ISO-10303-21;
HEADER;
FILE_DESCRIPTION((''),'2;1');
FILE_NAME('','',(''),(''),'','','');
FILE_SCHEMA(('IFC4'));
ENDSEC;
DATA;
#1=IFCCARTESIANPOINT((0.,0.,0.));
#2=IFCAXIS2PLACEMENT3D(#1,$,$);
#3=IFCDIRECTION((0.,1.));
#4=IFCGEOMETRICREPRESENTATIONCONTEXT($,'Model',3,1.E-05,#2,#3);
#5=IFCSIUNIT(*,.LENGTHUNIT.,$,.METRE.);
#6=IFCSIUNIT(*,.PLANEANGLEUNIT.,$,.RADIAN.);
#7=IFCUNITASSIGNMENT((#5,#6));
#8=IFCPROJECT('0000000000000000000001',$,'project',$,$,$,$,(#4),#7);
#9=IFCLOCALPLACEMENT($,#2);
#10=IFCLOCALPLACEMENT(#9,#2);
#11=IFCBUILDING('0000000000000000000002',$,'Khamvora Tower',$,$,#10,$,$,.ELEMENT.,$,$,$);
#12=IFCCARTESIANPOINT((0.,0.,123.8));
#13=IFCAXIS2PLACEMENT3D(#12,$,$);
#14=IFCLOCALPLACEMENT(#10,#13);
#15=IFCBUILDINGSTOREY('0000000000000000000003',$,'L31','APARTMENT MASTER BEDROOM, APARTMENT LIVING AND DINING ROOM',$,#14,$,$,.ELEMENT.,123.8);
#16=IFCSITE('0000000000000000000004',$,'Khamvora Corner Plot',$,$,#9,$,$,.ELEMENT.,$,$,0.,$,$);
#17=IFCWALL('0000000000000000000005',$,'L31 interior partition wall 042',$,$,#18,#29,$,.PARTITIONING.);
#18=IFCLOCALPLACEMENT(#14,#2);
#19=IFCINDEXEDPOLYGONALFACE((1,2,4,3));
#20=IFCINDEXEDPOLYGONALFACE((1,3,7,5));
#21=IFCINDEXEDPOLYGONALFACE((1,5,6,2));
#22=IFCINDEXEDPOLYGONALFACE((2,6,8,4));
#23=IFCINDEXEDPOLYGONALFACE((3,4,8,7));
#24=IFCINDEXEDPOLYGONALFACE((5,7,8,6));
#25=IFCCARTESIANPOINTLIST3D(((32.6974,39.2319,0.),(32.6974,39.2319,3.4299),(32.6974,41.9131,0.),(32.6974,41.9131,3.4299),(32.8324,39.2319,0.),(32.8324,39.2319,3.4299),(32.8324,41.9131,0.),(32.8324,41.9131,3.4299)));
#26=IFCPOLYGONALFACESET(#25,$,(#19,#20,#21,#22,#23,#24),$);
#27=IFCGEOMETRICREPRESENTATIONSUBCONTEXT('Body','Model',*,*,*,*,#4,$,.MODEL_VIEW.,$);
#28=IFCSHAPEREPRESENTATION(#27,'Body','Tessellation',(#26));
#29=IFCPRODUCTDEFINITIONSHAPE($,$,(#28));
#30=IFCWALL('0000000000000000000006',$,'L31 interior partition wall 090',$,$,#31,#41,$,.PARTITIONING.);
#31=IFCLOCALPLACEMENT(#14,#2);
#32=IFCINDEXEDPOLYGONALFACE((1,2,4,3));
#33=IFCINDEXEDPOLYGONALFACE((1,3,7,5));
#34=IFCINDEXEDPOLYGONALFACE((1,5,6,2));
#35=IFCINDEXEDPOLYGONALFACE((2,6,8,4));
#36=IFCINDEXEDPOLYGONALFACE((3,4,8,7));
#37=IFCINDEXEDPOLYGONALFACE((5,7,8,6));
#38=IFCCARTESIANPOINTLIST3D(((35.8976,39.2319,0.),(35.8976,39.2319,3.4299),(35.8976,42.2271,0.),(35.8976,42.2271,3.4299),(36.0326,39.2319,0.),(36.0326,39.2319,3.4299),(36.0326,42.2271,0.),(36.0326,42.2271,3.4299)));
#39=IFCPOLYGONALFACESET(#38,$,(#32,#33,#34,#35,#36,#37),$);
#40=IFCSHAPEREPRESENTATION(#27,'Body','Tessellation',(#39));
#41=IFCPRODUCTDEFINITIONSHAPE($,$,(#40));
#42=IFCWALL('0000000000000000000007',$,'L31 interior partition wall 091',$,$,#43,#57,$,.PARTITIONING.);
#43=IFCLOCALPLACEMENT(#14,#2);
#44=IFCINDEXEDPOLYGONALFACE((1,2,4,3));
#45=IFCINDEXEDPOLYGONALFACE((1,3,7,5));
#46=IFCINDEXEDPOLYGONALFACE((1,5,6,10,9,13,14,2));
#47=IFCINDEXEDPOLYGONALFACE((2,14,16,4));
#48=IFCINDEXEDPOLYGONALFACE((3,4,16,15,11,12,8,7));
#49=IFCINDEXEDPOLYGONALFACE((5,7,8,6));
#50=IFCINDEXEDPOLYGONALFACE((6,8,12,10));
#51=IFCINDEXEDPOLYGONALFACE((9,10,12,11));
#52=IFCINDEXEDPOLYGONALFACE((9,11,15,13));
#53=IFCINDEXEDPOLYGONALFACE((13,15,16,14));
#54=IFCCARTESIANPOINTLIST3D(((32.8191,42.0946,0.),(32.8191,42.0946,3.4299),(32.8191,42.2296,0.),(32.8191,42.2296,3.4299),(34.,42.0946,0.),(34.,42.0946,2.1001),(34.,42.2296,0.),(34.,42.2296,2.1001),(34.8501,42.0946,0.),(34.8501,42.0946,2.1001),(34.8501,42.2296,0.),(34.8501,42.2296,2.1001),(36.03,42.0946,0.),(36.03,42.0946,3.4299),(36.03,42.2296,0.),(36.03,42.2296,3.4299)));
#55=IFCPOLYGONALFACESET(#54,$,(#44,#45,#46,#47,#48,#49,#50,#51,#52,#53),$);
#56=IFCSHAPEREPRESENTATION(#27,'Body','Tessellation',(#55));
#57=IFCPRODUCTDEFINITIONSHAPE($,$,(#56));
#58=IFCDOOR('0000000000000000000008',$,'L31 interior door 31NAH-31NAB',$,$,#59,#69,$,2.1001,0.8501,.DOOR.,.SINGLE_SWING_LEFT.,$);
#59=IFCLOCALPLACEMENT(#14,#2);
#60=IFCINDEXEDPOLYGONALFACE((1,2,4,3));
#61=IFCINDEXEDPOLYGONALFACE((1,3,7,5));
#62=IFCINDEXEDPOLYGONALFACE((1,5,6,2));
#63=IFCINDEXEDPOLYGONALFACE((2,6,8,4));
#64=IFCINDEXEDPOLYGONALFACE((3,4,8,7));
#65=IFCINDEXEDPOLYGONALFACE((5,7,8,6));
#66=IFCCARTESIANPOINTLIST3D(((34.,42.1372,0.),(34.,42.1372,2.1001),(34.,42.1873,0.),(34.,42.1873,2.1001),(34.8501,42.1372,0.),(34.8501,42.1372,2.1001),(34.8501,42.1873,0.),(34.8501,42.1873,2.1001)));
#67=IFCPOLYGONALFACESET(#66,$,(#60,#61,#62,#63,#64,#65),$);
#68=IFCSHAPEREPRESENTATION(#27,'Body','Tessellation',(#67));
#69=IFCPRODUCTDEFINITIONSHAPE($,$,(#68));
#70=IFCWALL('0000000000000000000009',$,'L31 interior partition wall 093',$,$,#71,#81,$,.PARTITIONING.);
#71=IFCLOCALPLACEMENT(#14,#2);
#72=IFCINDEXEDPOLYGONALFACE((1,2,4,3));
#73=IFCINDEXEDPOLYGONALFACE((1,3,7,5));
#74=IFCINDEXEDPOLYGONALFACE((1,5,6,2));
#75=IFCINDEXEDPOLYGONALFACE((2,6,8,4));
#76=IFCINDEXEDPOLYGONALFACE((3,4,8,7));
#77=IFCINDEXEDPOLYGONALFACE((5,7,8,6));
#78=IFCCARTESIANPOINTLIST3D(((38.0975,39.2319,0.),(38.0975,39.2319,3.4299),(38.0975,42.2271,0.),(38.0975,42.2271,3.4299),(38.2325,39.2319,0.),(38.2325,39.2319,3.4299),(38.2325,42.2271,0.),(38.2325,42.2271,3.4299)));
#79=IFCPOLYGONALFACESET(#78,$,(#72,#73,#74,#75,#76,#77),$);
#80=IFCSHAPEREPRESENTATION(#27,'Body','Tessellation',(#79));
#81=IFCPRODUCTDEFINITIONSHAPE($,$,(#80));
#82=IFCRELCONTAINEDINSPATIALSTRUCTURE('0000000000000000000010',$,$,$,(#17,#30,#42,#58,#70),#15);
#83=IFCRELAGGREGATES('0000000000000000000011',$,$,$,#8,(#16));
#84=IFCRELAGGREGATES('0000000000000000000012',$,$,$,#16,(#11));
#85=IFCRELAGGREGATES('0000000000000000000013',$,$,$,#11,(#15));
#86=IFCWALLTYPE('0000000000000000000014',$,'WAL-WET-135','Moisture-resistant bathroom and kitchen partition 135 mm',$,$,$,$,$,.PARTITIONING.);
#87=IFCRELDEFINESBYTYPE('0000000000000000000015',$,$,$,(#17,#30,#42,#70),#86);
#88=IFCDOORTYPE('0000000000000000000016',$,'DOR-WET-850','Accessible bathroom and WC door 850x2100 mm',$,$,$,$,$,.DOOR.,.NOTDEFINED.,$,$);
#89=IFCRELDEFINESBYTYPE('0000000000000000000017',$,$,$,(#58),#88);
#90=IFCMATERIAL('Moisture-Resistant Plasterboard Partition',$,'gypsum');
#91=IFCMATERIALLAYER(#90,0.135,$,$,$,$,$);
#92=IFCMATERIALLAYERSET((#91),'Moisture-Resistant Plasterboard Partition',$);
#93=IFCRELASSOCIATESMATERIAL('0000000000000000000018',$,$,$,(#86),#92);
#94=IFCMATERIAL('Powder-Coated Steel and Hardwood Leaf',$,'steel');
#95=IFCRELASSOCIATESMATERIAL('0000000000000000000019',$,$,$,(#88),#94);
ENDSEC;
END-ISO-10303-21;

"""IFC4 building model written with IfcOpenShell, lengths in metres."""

from ifc_helpers import new_model, si_unit, direction, frame, frame_2d, origin, place, context, subcontext, project, spatial, rectangle, extrude, material, layer, layer_set, type_object, element, fill, save


model = new_model("IFC4")

# Units and contexts
model_context = context("Model", 3, precision=1e-05, world=origin(), true_north=direction((0.0, 1.0)))
body_context = subcontext(model_context, "Body", "Model", "MODEL_VIEW")
ifc_project = project(units=[si_unit("LENGTHUNIT", "METRE"), si_unit("PLANEANGLEUNIT", "RADIAN")], contexts=[model_context])

# Site, building, storey
site_placement = place(None, origin())
site = spatial("IfcSite", under=ifc_project, at=site_placement, Name="Khamvora Corner Plot", CompositionType="ELEMENT", RefElevation=0.0)
building_placement = place(site_placement, origin())
building = spatial("IfcBuilding", under=site, at=building_placement, Name="Khamvora Tower", CompositionType="ELEMENT")
storey_placement = place(building_placement, frame((0.0, 0.0, 123.8)))
storey = spatial("IfcBuildingStorey", under=building, at=storey_placement, Name="L31", Description="APARTMENT MASTER BEDROOM, APARTMENT LIVING AND DINING ROOM", CompositionType="ELEMENT", Elevation=123.8)

# Shared definitions
ifc_material_1 = material(Name="Powder-Coated Steel and Hardwood Leaf", Category="steel")

# Walls
ifc_material_2 = material(Name="Moisture-Resistant Plasterboard Partition", Category="gypsum")
ifc_layer_1 = layer(ifc_material_2, 0.135)
ifc_layer_set_1 = layer_set([ifc_layer_1], Name="Moisture-Resistant Plasterboard Partition")
wall_type_1 = type_object("IfcWallType", Name="WAL-WET-135", Description="Moisture-resistant bathroom and kitchen partition 135 mm", PredefinedType="PARTITIONING", material=ifc_layer_set_1)
wall_1_placement = place(storey_placement, frame((32.7649, 41.9131, 0.0), z_axis=(0.0, 0.0, 1.0), x_axis=(0.0, -1.0, 0.0)))
element("IfcWall", 1, at=wall_1_placement, inside=storey, type_object=wall_type_1, Name="L31 interior partition wall 042", PredefinedType="PARTITIONING", context=body_context, shape_type="SweptSolid", body=[
    extrude(rectangle(XDim=2.6812, YDim=0.135, at=frame_2d((1.3406, 0.0))), origin(), (0.0, 0.0, 1.0), 3.4299),
])
wall_2_placement = place(storey_placement, frame((35.9651, 39.2319, 0.0), z_axis=(0.0, 0.0, 1.0), x_axis=(0.0, 1.0, 0.0)))
element("IfcWall", 2, at=wall_2_placement, inside=storey, type_object=wall_type_1, Name="L31 interior partition wall 090", PredefinedType="PARTITIONING", context=body_context, shape_type="SweptSolid", body=[
    extrude(rectangle(XDim=2.9951, YDim=0.135, at=frame_2d((1.4976, 0.0))), origin(), (0.0, 0.0, 1.0), 3.4299),
])

# Wall, opening, door
wall_3_placement = place(storey_placement, frame((36.03, 42.1621, 0.0), z_axis=(0.0, 0.0, 1.0), x_axis=(-1.0, 0.0, 0.0)))
wall_3 = element("IfcWall", 3, at=wall_3_placement, inside=storey, type_object=wall_type_1, Name="L31 interior partition wall 091", PredefinedType="PARTITIONING", context=body_context, shape_type="SweptSolid", body=[
    extrude(rectangle(XDim=3.2109, YDim=0.135, at=frame_2d((1.6055, 0.0))), origin(), (0.0, 0.0, 1.0), 3.4299),
])
opening_1_placement = place(wall_3_placement, frame((1.1799, 0.0, 0.0)))
opening_1 = element("IfcOpeningElement", 4, at=opening_1_placement, cuts=wall_3, PredefinedType="OPENING", context=body_context, shape_type="SweptSolid", body=[
    extrude(rectangle(XDim=0.8501, YDim=2.1001, at=frame_2d((0.425, 1.05))), frame((0.0, 0.0774, 0.0), z_axis=(0.0, -1.0, 0.0), x_axis=(1.0, 0.0, 0.0)), (0.0, 0.0, 1.0), 0.155),
])
door_type_1 = type_object("IfcDoorType", Name="DOR-WET-850", Description="Accessible bathroom and WC door 850x2100 mm", OperationType="NOTDEFINED", PredefinedType="DOOR", material=ifc_material_1)
door_1_placement = place(opening_1_placement, origin())
door_1 = element("IfcDoor", 5, at=door_1_placement, inside=storey, type_object=door_type_1, Name="L31 interior door 31NAH-31NAB", OperationType="SINGLE_SWING_LEFT", OverallHeight=2.1001, OverallWidth=0.8501, PredefinedType="DOOR", context=body_context, shape_type="SweptSolid", body=[
    extrude(rectangle(XDim=0.8501, YDim=2.1001, at=frame_2d((0.425, 1.05))), frame((0.0, 0.0249, 0.0), z_axis=(0.0, -1.0, 0.0), x_axis=(1.0, 0.0, 0.0)), (0.0, 0.0, 1.0), 0.05),
])
fill(opening_1, door_1)

# Wall
wall_4_placement = place(storey_placement, frame((38.165, 42.2271, 0.0), z_axis=(0.0, 0.0, 1.0), x_axis=(0.0, -1.0, 0.0)))
element("IfcWall", 6, at=wall_4_placement, inside=storey, type_object=wall_type_1, Name="L31 interior partition wall 093", PredefinedType="PARTITIONING", context=body_context, shape_type="SweptSolid", body=[
    extrude(rectangle(XDim=2.9951, YDim=0.135, at=frame_2d((1.4976, 0.0))), origin(), (0.0, 0.0, 1.0), 3.4299),
])

save(model, "model.ifc")
